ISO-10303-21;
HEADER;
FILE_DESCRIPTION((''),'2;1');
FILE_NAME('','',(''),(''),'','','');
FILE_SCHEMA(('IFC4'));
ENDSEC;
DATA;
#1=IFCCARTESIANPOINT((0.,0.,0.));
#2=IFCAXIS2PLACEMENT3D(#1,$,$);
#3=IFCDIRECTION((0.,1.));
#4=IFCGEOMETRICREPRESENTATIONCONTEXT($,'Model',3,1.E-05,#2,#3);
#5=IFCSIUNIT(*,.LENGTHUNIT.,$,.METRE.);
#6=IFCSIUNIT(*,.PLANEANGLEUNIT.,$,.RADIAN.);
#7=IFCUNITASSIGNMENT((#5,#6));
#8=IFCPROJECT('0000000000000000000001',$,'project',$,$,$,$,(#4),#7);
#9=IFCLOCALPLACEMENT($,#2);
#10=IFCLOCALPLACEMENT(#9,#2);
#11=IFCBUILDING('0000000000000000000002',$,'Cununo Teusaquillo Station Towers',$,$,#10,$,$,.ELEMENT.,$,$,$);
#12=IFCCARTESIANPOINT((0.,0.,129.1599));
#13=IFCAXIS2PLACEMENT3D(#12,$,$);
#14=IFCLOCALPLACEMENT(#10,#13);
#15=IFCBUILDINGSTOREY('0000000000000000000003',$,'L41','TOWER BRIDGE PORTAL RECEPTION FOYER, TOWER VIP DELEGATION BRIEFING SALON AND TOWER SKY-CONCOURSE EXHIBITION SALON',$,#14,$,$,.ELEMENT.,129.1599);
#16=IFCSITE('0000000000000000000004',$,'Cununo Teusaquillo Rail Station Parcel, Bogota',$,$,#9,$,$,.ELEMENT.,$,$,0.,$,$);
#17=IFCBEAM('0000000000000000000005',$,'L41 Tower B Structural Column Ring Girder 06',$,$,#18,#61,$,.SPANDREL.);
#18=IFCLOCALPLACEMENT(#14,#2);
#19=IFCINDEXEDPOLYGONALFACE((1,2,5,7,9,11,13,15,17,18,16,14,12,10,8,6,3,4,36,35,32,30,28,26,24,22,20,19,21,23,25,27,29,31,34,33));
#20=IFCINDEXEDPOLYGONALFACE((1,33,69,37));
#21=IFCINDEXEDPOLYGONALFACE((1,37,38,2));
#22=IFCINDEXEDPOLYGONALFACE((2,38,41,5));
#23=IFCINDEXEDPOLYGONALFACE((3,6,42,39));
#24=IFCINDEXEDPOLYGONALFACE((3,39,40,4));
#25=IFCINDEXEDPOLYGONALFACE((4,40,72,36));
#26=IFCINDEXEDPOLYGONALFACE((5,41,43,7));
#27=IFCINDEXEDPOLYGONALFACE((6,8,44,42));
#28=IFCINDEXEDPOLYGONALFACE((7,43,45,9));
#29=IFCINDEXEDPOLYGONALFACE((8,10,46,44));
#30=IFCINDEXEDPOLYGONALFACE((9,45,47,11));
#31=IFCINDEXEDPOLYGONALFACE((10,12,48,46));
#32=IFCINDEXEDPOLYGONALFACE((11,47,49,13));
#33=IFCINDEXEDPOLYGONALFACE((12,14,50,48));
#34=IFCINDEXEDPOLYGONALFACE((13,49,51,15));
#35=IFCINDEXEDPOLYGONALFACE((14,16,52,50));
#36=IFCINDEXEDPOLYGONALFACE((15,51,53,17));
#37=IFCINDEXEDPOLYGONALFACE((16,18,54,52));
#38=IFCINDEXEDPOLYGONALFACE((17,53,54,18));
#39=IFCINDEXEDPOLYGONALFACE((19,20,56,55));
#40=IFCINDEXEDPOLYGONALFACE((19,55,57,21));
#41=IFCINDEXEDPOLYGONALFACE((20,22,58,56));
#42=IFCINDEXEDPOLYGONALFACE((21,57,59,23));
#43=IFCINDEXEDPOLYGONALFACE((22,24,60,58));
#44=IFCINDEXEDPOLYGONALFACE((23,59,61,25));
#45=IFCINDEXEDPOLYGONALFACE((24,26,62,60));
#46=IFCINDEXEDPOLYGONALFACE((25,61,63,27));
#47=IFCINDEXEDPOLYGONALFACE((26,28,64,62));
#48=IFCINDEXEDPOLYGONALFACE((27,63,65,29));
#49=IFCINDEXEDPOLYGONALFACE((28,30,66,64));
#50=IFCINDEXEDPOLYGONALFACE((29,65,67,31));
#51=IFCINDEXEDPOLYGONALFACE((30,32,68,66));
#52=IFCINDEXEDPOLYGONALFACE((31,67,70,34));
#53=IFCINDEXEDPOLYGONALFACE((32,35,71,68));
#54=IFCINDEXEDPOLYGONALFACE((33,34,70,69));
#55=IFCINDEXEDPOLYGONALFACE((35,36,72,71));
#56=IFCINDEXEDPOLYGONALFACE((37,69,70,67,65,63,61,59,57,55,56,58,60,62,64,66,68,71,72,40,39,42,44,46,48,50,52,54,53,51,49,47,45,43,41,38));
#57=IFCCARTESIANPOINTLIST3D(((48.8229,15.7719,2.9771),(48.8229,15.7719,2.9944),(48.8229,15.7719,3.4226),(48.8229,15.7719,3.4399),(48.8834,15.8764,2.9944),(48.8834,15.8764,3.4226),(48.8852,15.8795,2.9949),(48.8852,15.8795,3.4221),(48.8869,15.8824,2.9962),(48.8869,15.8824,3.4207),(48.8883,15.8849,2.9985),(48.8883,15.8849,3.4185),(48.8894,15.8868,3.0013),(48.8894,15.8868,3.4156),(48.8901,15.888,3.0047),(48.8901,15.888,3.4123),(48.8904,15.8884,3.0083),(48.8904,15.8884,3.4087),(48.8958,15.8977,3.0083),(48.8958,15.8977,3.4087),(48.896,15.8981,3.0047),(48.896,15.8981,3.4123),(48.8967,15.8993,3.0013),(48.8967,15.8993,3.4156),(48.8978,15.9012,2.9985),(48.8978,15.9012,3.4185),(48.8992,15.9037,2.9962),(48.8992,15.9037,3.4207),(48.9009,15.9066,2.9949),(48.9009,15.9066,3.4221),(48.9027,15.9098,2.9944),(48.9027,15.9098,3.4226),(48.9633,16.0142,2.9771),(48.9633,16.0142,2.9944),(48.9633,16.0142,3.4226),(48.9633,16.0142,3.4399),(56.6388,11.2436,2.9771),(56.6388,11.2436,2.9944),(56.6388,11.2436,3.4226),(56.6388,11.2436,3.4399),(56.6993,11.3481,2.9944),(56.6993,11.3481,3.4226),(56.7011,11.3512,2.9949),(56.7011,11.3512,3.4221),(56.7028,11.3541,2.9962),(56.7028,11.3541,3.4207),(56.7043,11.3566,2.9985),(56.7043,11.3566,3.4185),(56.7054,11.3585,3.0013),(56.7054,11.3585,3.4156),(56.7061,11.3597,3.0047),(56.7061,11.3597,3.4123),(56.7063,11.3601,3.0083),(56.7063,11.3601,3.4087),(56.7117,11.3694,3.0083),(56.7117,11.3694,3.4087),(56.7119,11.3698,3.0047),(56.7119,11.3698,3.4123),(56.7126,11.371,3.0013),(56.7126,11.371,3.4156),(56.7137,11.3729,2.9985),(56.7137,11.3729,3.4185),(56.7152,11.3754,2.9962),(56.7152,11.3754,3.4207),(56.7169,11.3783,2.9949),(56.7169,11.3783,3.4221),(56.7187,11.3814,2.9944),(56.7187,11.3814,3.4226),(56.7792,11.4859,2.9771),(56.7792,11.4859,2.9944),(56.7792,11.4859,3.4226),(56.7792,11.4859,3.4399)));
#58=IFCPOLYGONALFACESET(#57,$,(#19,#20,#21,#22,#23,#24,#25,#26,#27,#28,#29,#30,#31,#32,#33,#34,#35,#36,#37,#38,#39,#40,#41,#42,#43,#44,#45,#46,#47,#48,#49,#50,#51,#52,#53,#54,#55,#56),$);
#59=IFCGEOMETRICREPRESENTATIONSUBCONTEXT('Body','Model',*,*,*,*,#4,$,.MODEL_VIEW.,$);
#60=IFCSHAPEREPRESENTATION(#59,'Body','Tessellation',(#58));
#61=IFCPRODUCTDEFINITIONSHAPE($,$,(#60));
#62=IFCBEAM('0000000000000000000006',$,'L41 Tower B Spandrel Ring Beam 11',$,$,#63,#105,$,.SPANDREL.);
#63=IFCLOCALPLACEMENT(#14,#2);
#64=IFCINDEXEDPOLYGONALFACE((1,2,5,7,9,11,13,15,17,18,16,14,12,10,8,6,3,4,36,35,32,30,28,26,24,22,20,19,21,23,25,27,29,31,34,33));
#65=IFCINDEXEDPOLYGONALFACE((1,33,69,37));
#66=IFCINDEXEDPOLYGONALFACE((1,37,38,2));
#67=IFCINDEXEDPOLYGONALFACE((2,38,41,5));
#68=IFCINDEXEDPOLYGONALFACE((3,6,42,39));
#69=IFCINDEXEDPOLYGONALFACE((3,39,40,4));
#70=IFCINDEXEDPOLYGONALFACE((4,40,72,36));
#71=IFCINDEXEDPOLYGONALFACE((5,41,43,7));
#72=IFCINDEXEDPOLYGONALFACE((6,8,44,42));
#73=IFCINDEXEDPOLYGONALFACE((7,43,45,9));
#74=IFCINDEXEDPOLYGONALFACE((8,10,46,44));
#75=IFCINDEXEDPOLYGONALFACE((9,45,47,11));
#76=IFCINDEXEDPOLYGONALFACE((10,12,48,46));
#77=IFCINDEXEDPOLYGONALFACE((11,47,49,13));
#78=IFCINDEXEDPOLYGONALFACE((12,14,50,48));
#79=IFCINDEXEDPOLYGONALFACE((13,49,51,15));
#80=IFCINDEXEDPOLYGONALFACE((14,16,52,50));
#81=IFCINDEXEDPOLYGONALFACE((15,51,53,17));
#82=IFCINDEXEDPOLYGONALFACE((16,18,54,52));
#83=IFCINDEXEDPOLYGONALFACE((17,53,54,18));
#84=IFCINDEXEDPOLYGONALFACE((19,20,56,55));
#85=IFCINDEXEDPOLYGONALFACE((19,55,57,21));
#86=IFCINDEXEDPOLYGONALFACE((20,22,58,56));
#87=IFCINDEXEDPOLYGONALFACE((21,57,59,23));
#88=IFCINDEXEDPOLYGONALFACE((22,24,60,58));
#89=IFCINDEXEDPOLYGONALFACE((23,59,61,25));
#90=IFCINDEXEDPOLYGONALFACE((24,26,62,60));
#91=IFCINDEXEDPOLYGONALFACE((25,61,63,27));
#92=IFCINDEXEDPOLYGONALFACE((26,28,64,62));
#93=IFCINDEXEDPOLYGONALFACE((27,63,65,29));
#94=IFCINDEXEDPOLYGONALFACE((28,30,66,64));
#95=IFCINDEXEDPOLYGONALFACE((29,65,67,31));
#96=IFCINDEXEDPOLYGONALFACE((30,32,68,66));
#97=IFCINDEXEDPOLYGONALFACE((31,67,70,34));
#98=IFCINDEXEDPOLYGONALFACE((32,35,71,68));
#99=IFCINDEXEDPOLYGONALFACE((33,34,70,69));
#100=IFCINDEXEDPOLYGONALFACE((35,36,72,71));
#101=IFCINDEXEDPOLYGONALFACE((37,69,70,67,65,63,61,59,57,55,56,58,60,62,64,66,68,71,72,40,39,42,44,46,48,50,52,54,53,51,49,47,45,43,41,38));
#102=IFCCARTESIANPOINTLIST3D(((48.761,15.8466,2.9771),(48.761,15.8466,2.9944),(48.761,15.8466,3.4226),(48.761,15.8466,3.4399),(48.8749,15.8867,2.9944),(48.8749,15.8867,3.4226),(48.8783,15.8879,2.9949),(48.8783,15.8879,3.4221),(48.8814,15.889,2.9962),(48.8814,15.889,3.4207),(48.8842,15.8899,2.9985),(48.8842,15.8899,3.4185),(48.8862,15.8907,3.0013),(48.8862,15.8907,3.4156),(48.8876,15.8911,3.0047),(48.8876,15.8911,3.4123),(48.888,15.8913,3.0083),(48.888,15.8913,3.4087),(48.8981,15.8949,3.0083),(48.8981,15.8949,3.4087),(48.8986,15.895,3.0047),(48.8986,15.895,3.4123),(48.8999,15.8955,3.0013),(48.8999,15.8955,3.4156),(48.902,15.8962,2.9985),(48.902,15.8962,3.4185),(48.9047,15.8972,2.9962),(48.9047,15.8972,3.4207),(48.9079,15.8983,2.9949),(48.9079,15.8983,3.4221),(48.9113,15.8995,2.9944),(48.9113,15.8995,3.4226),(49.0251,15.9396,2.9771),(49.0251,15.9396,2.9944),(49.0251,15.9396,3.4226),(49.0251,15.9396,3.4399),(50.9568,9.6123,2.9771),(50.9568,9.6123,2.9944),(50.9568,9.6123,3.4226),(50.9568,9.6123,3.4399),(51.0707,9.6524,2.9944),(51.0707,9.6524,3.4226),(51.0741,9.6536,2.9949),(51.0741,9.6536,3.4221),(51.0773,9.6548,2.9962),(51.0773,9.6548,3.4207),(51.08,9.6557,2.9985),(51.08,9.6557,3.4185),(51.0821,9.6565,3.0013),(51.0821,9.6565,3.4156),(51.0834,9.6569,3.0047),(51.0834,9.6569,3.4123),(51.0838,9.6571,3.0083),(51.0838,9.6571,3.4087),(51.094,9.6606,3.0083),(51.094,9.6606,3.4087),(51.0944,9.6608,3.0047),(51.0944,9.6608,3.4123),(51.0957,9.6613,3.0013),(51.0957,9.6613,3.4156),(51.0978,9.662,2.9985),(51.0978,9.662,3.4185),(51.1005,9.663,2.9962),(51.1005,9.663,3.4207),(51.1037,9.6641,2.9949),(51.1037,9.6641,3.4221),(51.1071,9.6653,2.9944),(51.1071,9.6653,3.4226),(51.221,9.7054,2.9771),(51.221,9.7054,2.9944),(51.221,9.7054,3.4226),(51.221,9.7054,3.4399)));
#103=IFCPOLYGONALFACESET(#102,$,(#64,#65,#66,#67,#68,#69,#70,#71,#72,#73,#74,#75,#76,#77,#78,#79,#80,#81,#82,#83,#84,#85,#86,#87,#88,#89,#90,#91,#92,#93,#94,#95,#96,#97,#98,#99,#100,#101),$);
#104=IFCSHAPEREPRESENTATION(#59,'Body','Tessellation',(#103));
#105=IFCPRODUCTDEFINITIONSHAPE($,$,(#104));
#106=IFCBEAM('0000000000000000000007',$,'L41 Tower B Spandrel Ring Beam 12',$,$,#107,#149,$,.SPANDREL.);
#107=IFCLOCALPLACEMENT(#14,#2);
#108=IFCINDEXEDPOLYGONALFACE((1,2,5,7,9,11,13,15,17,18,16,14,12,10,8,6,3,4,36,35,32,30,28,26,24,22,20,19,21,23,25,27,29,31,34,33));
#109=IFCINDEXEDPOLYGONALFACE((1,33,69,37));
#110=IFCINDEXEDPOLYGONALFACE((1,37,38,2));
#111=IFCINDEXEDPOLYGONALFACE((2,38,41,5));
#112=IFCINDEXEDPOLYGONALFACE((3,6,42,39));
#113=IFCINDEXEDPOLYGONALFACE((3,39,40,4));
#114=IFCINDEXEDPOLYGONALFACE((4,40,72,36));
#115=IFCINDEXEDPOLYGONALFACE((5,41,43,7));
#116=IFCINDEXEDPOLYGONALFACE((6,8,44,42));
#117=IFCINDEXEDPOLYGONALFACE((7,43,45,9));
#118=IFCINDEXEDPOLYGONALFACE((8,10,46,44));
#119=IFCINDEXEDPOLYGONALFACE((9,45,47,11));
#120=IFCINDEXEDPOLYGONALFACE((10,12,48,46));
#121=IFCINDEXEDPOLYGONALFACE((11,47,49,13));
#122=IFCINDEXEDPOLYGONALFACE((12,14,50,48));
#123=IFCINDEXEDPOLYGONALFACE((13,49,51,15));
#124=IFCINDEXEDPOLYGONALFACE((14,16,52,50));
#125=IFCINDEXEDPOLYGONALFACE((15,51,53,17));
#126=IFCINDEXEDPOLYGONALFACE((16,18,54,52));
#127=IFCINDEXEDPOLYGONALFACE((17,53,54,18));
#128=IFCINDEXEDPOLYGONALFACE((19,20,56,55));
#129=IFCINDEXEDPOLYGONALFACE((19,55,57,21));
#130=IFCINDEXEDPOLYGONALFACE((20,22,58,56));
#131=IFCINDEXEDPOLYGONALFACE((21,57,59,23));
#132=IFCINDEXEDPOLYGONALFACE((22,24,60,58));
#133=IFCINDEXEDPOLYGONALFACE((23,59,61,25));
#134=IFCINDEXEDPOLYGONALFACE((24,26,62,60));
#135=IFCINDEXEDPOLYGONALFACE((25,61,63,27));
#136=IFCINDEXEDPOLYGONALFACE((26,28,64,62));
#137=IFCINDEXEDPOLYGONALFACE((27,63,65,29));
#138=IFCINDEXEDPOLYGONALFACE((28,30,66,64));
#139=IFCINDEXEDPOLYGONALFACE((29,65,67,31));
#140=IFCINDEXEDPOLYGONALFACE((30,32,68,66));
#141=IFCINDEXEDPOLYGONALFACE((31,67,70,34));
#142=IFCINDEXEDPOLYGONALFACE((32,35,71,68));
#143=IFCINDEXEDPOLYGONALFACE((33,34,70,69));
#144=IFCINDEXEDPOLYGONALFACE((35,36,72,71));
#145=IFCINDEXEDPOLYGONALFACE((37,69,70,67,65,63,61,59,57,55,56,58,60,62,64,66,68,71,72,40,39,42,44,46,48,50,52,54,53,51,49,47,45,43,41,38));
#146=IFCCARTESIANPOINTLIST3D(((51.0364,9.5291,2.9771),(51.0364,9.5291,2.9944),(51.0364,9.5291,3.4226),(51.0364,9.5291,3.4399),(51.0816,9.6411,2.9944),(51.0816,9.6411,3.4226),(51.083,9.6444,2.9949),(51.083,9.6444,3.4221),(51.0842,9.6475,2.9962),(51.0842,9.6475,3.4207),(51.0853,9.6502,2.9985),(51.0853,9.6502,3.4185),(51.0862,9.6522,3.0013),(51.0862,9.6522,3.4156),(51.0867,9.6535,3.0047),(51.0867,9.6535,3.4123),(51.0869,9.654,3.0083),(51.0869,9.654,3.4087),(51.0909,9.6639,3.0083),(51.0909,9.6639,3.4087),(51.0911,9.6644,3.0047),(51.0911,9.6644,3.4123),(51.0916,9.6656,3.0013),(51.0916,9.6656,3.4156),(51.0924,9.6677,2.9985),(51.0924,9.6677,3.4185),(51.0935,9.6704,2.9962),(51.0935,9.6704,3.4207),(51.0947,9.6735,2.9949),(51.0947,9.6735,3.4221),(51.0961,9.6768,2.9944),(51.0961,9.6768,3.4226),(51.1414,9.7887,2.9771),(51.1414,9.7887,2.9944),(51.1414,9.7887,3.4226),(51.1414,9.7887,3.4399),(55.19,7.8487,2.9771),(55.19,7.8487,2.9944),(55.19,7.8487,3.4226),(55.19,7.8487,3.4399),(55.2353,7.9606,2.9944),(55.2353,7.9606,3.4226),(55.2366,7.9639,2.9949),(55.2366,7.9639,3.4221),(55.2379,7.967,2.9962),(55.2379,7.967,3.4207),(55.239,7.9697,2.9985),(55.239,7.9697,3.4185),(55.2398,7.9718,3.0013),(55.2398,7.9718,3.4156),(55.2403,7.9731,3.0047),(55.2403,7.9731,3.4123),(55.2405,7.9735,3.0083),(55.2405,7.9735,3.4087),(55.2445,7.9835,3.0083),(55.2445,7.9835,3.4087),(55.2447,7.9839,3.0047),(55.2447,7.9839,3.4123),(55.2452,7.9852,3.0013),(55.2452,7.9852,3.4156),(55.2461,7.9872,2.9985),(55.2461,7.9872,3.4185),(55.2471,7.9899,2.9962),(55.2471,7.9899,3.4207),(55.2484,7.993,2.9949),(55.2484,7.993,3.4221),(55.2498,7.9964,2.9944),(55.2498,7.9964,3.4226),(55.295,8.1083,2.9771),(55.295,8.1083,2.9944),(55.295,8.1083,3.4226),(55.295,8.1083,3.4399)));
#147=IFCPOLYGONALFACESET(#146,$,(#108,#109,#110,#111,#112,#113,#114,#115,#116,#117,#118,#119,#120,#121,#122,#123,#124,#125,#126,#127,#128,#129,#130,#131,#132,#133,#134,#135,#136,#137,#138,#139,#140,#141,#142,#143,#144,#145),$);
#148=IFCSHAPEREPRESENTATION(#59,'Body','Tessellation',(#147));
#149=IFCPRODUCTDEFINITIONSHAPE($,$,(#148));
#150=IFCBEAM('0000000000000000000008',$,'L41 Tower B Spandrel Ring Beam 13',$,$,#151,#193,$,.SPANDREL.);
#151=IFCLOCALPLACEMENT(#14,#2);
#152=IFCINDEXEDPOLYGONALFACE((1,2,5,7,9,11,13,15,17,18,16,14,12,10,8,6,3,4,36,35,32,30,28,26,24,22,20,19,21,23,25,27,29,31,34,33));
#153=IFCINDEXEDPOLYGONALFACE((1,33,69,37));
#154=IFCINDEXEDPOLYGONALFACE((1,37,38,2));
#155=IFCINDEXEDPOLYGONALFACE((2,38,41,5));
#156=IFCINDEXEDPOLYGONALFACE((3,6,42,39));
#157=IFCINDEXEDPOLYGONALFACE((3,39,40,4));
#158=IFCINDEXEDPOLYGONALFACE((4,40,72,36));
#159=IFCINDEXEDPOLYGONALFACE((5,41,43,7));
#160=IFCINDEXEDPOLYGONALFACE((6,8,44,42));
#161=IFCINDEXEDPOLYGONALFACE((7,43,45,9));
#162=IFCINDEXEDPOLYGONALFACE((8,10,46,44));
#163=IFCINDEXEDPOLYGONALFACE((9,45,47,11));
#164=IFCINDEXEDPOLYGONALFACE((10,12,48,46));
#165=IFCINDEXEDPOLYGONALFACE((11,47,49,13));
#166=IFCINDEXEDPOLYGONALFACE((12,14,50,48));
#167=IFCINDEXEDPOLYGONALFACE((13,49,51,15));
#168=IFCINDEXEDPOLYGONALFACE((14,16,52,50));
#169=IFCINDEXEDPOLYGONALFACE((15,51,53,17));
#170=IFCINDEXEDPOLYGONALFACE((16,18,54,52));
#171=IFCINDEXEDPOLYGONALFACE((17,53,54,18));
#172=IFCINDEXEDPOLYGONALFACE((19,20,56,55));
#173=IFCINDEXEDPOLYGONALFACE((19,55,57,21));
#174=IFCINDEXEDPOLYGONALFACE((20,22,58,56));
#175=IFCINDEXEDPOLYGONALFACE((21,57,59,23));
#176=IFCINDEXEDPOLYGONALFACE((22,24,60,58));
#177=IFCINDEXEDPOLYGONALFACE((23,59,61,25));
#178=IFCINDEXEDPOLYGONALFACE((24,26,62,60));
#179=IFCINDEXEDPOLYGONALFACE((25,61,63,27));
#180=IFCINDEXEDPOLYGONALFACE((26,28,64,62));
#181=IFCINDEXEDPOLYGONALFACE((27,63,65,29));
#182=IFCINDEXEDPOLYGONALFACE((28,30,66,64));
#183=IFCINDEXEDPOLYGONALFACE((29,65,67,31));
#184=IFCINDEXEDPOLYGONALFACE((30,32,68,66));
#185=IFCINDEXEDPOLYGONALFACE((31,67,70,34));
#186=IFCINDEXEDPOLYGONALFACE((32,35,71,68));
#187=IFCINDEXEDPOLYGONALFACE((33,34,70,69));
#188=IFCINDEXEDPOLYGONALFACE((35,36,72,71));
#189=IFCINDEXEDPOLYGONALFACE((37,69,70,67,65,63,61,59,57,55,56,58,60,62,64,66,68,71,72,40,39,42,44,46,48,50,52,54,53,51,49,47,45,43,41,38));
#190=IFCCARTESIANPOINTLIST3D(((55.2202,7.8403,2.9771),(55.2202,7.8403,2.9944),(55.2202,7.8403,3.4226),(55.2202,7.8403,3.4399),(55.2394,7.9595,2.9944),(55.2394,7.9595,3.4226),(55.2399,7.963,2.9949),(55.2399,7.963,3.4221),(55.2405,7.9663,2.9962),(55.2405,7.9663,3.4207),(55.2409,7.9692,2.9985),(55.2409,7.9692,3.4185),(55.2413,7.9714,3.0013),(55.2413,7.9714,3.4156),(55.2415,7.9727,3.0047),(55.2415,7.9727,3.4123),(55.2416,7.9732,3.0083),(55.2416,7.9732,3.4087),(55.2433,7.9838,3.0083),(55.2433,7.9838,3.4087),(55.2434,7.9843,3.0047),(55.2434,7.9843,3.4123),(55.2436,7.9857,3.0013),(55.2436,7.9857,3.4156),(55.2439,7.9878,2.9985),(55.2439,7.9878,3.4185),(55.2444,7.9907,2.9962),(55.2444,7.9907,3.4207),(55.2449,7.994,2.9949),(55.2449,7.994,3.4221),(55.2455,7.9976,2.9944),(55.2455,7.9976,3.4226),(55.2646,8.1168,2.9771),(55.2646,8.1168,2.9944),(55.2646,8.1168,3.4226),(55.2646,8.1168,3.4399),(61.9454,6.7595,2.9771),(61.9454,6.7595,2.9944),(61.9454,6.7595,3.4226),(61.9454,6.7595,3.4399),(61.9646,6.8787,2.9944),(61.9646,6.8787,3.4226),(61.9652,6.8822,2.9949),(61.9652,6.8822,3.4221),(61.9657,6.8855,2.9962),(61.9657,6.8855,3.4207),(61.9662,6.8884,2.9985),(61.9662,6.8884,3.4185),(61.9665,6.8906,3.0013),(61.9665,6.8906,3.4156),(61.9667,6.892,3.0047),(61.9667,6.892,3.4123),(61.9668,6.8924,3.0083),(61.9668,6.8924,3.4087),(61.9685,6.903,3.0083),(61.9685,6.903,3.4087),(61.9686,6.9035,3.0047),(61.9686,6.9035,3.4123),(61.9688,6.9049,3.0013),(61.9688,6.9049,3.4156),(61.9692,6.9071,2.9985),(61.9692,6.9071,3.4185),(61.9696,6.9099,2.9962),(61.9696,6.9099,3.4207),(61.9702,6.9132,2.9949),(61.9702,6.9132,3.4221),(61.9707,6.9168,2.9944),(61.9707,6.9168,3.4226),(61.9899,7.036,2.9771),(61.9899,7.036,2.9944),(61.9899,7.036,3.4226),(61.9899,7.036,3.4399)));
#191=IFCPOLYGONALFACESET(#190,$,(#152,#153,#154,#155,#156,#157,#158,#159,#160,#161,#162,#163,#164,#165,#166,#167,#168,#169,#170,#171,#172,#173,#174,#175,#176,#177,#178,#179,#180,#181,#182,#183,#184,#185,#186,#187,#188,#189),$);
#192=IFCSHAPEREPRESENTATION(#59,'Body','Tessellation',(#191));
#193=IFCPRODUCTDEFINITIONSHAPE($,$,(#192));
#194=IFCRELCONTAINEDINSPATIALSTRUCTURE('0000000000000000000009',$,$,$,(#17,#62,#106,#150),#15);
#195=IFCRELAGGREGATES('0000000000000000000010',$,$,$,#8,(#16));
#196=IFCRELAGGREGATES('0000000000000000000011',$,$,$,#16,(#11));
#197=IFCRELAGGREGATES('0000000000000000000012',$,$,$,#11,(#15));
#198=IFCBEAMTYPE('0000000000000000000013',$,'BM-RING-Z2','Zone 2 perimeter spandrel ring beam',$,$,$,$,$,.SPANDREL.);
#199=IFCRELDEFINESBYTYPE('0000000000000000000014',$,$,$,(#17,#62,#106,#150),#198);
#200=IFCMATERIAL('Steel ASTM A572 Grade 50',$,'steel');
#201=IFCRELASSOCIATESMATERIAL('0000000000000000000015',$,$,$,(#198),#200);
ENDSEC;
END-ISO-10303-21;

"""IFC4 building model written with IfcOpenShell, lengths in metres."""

from ifc_helpers import new_model, si_unit, direction, frame, origin, origin_2d, place, context, subcontext, project, spatial, i_section, extrude, material, material_profile, profile_set, type_object, element, save


model = new_model("IFC4")

# Units and contexts
model_context = context("Model", 3, precision=1e-05, world=origin(), true_north=direction((0.0, 1.0)))
body_context = subcontext(model_context, "Body", "Model", "MODEL_VIEW")
ifc_project = project(units=[si_unit("LENGTHUNIT", "METRE"), si_unit("PLANEANGLEUNIT", "RADIAN")], contexts=[model_context])

# Site, building, storey
site_placement = place(None, origin())
site = spatial("IfcSite", under=ifc_project, at=site_placement, Name="Cununo Teusaquillo Rail Station Parcel, Bogota", CompositionType="ELEMENT", RefElevation=0.0)
building_placement = place(site_placement, origin())
building = spatial("IfcBuilding", under=site, at=building_placement, Name="Cununo Teusaquillo Station Towers", CompositionType="ELEMENT")
storey_placement = place(building_placement, frame((0.0, 0.0, 129.1599)))
storey = spatial("IfcBuildingStorey", under=building, at=storey_placement, Name="L41", Description="TOWER BRIDGE PORTAL RECEPTION FOYER, TOWER VIP DELEGATION BRIEFING SALON AND TOWER SKY-CONCOURSE EXHIBITION SALON", CompositionType="ELEMENT", Elevation=129.1599)

# Beams
ifc_material_1 = material(Name="Steel ASTM A572 Grade 50", Category="steel")
ifc_material_profile_1 = material_profile(ifc_material_1, i_section(OverallWidth=0.28, OverallDepth=0.4629, WebThickness=0.0107, FlangeThickness=0.0173, FilletRadius=0.0139, at=origin_2d()), Name="W18X76")
ifc_profile_set_1 = profile_set([ifc_material_profile_1], Name="Steel ASTM A572 Grade 50")
beam_type_1 = type_object("IfcBeamType", Name="BM-RING-Z2", Description="Zone 2 perimeter spandrel ring beam", PredefinedType="SPANDREL", material=ifc_profile_set_1)
beam_1_placement = place(storey_placement, frame((48.8931, 15.8931, 3.2085), z_axis=(0.865267, -0.501311, 0.0), x_axis=(0.501311, 0.865267, 0.0)))
element("IfcBeam", 1, at=beam_1_placement, inside=storey, type_object=beam_type_1, Name="L41 Tower B Structural Column Ring Girder 06", PredefinedType="SPANDREL", context=body_context, shape_type="SweptSolid", body=[
    extrude(i_section(OverallWidth=0.28, OverallDepth=0.4629, WebThickness=0.0107, FlangeThickness=0.0173, FilletRadius=0.0139, at=origin_2d()), origin(), (0.0, 0.0, 1.0), 9.033),
])
beam_2_placement = place(storey_placement, frame((48.8931, 15.8931, 3.2085), z_axis=(0.332217, -0.943203, 0.0), x_axis=(0.943203, 0.332217, 0.0)))
element("IfcBeam", 2, at=beam_2_placement, inside=storey, type_object=beam_type_1, Name="L41 Tower B Spandrel Ring Beam 11", PredefinedType="SPANDREL", context=body_context, shape_type="SweptSolid", body=[
    extrude(i_section(OverallWidth=0.28, OverallDepth=0.4629, WebThickness=0.0107, FlangeThickness=0.0173, FilletRadius=0.0139, at=origin_2d()), origin(), (0.0, 0.0, 1.0), 6.6096),
])
beam_3_placement = place(storey_placement, frame((51.0889, 9.6589, 3.2085), z_axis=(0.927008, -0.375042, 0.0), x_axis=(0.375042, 0.927008, 0.0)))
element("IfcBeam", 3, at=beam_3_placement, inside=storey, type_object=beam_type_1, Name="L41 Tower B Spandrel Ring Beam 12", PredefinedType="SPANDREL", context=body_context, shape_type="SweptSolid", body=[
    extrude(i_section(OverallWidth=0.28, OverallDepth=0.4629, WebThickness=0.0107, FlangeThickness=0.0173, FilletRadius=0.0139, at=origin_2d()), origin(), (0.0, 0.0, 1.0), 4.4807),
])
beam_4_placement = place(storey_placement, frame((55.2424, 7.9785, 3.2085), z_axis=(0.987331, -0.158671, 0.0), x_axis=(0.158671, 0.987331, 0.0)))
element("IfcBeam", 4, at=beam_4_placement, inside=storey, type_object=beam_type_1, Name="L41 Tower B Spandrel Ring Beam 13", PredefinedType="SPANDREL", context=body_context, shape_type="SweptSolid", body=[
    extrude(i_section(OverallWidth=0.28, OverallDepth=0.4629, WebThickness=0.0107, FlangeThickness=0.0173, FilletRadius=0.0139, at=origin_2d()), origin(), (0.0, 0.0, 1.0), 6.8115),
])

save(model, "model.ifc")
